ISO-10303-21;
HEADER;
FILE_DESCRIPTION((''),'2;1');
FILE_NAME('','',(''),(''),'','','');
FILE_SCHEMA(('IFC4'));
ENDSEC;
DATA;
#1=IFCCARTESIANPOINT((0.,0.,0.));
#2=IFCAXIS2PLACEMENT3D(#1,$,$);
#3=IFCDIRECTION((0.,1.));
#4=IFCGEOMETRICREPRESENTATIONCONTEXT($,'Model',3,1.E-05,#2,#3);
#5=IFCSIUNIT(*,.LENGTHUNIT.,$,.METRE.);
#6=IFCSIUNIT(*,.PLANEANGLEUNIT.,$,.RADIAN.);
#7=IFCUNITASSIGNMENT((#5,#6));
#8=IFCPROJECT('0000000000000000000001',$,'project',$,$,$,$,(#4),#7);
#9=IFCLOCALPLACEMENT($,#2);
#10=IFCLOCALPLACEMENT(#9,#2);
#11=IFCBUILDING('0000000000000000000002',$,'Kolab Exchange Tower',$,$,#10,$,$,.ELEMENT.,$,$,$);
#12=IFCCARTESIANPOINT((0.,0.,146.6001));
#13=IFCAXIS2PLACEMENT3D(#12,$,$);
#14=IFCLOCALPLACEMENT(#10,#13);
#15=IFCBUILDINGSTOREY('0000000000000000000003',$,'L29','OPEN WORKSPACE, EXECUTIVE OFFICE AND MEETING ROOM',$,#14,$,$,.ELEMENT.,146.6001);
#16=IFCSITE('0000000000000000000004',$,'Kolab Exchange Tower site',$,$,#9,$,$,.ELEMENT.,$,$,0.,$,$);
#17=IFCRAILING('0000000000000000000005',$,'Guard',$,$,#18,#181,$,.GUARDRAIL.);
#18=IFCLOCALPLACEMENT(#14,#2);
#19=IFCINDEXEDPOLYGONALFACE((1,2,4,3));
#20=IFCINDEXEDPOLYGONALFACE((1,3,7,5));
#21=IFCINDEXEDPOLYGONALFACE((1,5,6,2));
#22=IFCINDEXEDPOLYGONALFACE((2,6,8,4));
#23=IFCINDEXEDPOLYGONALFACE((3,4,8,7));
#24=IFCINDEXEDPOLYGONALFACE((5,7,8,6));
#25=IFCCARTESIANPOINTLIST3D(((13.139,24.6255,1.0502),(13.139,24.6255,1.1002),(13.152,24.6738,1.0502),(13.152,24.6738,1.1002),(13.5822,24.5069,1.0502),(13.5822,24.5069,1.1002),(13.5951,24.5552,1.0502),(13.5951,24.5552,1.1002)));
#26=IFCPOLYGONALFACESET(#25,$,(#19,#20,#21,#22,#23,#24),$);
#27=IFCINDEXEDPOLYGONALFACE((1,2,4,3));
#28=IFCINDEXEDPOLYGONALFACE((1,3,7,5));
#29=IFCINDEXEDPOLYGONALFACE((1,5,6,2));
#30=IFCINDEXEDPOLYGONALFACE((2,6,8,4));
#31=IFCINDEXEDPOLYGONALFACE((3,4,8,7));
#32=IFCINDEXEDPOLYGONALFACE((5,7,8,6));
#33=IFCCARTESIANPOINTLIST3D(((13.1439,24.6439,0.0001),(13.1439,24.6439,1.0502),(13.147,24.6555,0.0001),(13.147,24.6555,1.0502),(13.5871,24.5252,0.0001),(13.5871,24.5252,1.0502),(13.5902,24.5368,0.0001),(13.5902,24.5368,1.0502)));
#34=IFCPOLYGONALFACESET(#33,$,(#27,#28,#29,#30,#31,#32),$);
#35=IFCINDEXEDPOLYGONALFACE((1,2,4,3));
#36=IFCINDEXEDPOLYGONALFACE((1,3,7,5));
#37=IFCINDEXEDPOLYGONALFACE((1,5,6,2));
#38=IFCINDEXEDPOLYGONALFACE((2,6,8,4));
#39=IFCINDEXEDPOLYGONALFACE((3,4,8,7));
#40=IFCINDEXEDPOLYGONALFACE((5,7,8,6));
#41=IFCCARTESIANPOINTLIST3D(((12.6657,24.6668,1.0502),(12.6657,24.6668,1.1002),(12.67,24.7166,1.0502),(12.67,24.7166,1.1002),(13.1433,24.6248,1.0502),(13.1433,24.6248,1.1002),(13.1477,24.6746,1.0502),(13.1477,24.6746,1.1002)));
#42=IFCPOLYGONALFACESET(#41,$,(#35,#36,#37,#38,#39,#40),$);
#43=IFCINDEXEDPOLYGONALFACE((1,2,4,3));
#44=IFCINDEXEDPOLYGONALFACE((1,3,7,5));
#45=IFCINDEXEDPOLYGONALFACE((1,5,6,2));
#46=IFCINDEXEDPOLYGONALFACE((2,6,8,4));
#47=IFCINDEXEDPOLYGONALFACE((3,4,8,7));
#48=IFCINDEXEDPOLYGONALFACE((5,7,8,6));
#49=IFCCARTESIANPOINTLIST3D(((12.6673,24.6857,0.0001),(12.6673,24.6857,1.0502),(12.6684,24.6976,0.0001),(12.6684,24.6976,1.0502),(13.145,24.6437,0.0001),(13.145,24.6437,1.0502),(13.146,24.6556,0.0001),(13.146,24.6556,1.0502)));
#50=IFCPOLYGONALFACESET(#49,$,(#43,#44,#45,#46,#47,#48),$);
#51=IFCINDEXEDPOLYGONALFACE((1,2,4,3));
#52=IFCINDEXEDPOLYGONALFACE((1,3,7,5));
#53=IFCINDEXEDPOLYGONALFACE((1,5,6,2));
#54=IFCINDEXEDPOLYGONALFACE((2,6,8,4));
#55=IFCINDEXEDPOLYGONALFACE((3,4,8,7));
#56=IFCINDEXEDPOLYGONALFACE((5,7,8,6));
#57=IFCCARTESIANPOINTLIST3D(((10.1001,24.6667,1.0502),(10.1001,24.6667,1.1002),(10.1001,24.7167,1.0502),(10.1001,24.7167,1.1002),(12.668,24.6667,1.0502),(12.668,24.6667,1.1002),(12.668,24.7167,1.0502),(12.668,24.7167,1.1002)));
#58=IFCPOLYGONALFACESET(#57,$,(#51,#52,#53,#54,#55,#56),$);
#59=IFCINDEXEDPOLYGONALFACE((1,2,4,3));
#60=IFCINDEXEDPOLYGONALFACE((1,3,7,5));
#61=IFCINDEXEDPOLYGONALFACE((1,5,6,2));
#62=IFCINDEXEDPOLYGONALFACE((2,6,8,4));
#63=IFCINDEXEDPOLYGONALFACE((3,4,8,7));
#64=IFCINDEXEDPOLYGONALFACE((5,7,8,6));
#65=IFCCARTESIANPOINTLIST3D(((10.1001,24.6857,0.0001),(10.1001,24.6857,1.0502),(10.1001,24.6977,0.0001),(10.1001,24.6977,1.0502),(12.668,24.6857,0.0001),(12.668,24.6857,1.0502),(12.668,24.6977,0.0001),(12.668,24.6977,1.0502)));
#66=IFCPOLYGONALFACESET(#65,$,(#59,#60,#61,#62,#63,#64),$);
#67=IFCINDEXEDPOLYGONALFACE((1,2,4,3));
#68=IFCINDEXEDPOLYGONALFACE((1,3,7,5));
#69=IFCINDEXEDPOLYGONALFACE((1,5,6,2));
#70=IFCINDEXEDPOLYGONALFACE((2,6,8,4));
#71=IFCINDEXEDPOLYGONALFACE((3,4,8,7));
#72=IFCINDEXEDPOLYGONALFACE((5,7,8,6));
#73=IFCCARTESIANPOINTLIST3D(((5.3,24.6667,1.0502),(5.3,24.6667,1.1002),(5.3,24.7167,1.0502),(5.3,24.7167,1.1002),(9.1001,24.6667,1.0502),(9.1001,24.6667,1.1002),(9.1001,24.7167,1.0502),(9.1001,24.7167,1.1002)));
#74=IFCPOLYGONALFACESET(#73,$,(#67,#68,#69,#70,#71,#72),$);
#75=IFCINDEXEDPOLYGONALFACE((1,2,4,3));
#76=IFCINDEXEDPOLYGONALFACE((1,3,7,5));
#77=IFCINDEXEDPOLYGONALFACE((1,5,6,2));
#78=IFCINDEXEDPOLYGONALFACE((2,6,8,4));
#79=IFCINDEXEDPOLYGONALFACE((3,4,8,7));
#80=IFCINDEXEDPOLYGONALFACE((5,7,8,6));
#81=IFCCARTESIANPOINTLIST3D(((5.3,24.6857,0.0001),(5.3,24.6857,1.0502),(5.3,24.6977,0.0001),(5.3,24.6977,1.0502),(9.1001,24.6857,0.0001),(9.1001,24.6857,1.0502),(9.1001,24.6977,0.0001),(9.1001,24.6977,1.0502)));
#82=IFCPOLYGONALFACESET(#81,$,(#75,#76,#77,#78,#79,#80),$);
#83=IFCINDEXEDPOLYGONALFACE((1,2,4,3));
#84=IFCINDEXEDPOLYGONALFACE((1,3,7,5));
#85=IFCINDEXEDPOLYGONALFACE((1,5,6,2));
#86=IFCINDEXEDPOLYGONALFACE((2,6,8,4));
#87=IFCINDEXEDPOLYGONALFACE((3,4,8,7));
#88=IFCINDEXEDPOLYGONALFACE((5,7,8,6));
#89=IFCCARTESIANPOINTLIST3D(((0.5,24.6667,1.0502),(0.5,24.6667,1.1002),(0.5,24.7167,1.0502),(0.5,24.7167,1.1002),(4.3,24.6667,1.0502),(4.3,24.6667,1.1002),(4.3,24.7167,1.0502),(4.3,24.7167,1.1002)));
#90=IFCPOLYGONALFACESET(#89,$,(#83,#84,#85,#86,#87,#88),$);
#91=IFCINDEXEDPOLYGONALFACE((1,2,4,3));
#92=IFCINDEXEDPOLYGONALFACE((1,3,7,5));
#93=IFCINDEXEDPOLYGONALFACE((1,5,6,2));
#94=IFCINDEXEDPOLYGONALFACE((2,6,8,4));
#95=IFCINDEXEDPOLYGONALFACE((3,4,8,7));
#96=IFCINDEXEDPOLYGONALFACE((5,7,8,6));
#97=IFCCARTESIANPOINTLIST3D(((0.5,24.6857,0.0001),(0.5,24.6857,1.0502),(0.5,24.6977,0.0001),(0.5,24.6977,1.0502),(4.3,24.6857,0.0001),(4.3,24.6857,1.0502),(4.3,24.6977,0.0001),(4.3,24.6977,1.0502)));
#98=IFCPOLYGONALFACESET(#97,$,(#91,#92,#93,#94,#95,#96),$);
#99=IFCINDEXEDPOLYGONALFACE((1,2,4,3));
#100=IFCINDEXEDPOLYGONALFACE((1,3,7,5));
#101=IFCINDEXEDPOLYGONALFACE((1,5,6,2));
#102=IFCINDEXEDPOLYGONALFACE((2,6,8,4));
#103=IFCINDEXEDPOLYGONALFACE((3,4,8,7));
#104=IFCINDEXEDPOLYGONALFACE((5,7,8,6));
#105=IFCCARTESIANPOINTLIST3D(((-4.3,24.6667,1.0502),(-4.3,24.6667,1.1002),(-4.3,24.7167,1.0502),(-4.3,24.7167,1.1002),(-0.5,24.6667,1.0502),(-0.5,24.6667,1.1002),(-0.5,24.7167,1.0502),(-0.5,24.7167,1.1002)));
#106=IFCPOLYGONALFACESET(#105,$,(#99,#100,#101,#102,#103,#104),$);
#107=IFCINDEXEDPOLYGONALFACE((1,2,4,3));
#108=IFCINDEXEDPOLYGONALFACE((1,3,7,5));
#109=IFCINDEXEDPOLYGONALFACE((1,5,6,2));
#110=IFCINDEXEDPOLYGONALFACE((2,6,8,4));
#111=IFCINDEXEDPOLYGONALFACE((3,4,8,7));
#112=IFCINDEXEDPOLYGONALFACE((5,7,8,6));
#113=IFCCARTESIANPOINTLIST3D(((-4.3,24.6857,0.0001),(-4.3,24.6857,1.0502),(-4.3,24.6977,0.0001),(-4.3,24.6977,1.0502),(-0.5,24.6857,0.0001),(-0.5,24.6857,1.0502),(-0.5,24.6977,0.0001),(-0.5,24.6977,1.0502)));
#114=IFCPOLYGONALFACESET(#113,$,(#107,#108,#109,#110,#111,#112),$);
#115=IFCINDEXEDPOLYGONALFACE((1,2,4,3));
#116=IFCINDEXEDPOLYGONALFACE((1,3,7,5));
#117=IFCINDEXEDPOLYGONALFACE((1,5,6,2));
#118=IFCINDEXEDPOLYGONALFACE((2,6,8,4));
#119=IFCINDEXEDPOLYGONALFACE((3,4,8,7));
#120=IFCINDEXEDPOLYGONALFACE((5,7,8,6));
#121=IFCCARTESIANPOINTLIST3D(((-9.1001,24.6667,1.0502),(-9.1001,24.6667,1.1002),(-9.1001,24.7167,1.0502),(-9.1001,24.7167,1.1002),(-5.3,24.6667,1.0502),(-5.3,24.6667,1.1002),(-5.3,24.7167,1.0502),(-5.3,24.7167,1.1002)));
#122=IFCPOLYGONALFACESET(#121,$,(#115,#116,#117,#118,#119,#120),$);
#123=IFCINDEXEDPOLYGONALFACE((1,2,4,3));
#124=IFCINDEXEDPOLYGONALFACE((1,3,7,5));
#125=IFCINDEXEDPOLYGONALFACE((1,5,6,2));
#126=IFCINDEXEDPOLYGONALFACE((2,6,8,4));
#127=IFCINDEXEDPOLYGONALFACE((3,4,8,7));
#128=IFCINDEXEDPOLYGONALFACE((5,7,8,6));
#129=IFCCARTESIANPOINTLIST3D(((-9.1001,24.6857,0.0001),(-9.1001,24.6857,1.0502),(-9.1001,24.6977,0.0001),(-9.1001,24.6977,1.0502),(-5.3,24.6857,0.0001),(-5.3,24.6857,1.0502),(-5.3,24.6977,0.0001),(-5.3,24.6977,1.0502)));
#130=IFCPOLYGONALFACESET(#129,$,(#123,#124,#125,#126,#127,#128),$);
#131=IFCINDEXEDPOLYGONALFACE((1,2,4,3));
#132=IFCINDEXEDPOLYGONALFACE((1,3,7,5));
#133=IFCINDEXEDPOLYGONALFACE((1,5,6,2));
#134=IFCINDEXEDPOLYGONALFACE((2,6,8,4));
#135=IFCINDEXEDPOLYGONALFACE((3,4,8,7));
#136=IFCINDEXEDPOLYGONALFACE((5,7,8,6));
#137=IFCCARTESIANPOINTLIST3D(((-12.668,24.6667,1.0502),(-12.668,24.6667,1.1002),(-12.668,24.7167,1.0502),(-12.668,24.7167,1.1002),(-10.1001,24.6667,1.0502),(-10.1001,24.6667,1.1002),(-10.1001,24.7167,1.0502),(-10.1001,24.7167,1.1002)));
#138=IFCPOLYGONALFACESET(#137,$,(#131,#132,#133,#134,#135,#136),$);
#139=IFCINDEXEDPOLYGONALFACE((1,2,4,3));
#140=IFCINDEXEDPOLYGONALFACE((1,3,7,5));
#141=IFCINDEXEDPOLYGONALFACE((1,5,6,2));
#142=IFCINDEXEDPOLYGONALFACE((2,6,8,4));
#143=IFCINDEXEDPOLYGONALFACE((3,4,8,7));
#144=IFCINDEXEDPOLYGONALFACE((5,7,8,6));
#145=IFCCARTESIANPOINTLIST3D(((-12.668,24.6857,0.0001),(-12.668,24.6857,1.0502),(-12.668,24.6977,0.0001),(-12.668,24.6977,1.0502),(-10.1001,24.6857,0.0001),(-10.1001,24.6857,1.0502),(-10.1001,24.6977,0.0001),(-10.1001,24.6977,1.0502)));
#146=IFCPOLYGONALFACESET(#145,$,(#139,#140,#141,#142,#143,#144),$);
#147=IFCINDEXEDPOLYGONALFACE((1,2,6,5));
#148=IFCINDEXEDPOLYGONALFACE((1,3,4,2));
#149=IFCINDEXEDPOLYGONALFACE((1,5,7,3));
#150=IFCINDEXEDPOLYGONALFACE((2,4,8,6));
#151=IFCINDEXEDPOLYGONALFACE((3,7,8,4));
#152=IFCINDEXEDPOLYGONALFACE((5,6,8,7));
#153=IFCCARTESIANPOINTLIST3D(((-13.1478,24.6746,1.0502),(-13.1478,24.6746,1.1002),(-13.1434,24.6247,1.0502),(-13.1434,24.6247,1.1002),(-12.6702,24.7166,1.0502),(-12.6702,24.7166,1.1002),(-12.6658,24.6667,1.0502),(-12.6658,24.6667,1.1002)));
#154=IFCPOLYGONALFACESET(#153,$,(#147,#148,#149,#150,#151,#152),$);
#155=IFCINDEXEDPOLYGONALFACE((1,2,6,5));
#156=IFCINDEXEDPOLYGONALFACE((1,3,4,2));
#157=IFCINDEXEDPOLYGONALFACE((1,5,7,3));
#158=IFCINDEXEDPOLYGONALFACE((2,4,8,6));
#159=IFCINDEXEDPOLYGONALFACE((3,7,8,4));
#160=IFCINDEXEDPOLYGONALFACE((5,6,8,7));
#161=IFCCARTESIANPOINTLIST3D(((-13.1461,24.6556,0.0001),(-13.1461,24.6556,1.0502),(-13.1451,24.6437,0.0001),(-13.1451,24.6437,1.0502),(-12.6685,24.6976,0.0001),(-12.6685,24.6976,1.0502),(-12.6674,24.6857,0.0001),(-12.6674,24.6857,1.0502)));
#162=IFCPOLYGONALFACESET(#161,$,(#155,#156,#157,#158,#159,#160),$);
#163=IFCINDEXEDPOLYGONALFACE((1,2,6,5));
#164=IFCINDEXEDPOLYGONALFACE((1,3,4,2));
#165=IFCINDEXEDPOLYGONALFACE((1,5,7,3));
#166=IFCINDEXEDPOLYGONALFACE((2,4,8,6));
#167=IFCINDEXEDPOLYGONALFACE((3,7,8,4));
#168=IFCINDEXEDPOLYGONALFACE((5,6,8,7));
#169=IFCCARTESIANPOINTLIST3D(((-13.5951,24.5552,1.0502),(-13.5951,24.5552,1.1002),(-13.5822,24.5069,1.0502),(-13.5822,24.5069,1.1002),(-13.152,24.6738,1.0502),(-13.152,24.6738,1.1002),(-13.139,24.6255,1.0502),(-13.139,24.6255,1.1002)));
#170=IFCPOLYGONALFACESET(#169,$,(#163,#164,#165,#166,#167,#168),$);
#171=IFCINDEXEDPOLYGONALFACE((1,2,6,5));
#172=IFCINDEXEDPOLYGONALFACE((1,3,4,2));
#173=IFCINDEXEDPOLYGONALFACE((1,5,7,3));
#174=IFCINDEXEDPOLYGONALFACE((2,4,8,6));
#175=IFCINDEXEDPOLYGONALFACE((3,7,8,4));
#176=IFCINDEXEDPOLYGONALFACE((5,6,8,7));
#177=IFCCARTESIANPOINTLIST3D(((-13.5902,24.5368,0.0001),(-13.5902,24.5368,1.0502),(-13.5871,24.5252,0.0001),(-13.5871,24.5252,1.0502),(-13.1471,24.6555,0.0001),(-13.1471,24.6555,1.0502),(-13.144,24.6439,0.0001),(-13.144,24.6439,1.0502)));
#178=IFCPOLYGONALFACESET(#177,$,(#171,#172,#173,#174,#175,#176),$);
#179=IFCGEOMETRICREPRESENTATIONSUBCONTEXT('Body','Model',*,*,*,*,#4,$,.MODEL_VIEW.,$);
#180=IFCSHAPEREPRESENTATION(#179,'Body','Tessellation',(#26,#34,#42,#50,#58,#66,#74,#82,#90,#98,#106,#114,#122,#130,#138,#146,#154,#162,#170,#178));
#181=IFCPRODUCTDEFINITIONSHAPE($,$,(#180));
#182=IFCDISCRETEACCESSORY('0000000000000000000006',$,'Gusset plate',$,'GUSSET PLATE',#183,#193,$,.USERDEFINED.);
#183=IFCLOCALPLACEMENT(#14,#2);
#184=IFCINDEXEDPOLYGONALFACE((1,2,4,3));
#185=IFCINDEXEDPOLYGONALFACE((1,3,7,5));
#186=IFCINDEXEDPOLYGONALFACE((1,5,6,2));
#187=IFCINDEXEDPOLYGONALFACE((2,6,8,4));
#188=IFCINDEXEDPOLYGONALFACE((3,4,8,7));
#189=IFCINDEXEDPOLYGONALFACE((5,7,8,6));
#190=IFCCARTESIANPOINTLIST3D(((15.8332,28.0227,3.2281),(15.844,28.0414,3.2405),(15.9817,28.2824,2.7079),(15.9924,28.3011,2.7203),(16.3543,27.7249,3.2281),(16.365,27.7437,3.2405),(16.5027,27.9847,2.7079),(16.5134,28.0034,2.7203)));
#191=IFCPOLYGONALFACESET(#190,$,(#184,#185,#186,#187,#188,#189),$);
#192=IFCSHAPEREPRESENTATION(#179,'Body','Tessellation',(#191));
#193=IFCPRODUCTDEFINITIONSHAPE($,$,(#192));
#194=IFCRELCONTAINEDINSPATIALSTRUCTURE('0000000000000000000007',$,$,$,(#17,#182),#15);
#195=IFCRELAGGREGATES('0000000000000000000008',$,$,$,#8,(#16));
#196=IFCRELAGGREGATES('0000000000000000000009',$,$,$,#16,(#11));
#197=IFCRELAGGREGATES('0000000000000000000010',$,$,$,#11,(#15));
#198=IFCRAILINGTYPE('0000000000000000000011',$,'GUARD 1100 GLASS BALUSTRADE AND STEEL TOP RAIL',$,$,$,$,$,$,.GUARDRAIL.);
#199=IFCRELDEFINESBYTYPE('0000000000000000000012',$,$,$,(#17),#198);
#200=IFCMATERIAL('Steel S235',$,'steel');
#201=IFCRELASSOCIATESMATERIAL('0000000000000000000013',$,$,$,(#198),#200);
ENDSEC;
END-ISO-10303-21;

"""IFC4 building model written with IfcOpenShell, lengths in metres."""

from ifc_helpers import new_model, si_unit, direction, frame, frame_2d, origin, origin_2d, place, context, subcontext, project, spatial, rectangle, extrude, material, type_object, element, save


model = new_model("IFC4")

# Units and contexts
model_context = context("Model", 3, precision=1e-05, world=origin(), true_north=direction((0.0, 1.0)))
body_context = subcontext(model_context, "Body", "Model", "MODEL_VIEW")
ifc_project = project(units=[si_unit("LENGTHUNIT", "METRE"), si_unit("PLANEANGLEUNIT", "RADIAN")], contexts=[model_context])

# Site, building, storey
site_placement = place(None, origin())
site = spatial("IfcSite", under=ifc_project, at=site_placement, Name="Kolab Exchange Tower site", CompositionType="ELEMENT", RefElevation=0.0)
building_placement = place(site_placement, origin())
building = spatial("IfcBuilding", under=site, at=building_placement, Name="Kolab Exchange Tower", CompositionType="ELEMENT")
storey_placement = place(building_placement, frame((0.0, 0.0, 146.6001)))
storey = spatial("IfcBuildingStorey", under=building, at=storey_placement, Name="L29", Description="OPEN WORKSPACE, EXECUTIVE OFFICE AND MEETING ROOM", CompositionType="ELEMENT", Elevation=146.6001)

# Shared definitions
ifc_material_1 = material(Name="Steel S235", Category="steel")

# Railing
railing_type = type_object("IfcRailingType", Name="GUARD 1100 GLASS BALUSTRADE AND STEEL TOP RAIL", PredefinedType="GUARDRAIL", material=ifc_material_1)
railing_placement = place(storey_placement, frame((13.5886, 24.531, 0.0)))
element("IfcRailing", 1, at=railing_placement, inside=storey, type_object=railing_type, Name="Guard", PredefinedType="GUARDRAIL", context=body_context, shape_type="SweptSolid", body=[
    extrude(rectangle(XDim=0.05, YDim=0.05, at=origin_2d()), frame((0.0, 0.0, 1.0752), z_axis=(-0.965969, 0.258656, 0.0), x_axis=(-0.258656, -0.965969, 0.0)), (0.0, 0.0, 1.0), 0.4587),
    extrude(rectangle(XDim=0.012, YDim=1.0501, at=frame_2d((0.0, 0.5251))), frame((0.0, 0.0, 0.0), z_axis=(-0.965969, 0.258656, 0.0), x_axis=(-0.258656, -0.965969, 0.0)), (0.0, 0.0, 1.0), 0.4587),
    extrude(rectangle(XDim=0.05, YDim=0.05, at=origin_2d()), frame((-0.4431, 0.1187, 1.0752), z_axis=(-0.996156, 0.087597, 0.0), x_axis=(-0.087597, -0.996156, 0.0)), (0.0, 0.0, 1.0), 0.4795),
    extrude(rectangle(XDim=0.012, YDim=1.0501, at=frame_2d((0.0, 0.5251))), frame((-0.4431, 0.1187, 0.0), z_axis=(-0.996156, 0.087597, 0.0), x_axis=(-0.087597, -0.996156, 0.0)), (0.0, 0.0, 1.0), 0.4795),
    extrude(rectangle(XDim=0.05, YDim=0.05, at=origin_2d()), frame((-0.9207, 0.1606, 1.0752), z_axis=(-1.0, 0.0, 0.0), x_axis=(0.0, -1.0, 0.0)), (0.0, 0.0, 1.0), 2.5679),
    extrude(rectangle(XDim=0.012, YDim=1.0501, at=frame_2d((0.0, 0.5251))), frame((-0.9207, 0.1606, 0.0), z_axis=(-1.0, 0.0, 0.0), x_axis=(0.0, -1.0, 0.0)), (0.0, 0.0, 1.0), 2.5679),
    extrude(rectangle(XDim=0.05, YDim=0.05, at=origin_2d()), frame((-4.4885, 0.1606, 1.0752), z_axis=(-1.0, 0.0, 0.0), x_axis=(0.0, -1.0, 0.0)), (0.0, 0.0, 1.0), 3.8),
    extrude(rectangle(XDim=0.012, YDim=1.0501, at=frame_2d((0.0, 0.5251))), frame((-4.4885, 0.1606, 0.0), z_axis=(-1.0, 0.0, 0.0), x_axis=(0.0, -1.0, 0.0)), (0.0, 0.0, 1.0), 3.8),
    extrude(rectangle(XDim=0.05, YDim=0.05, at=origin_2d()), frame((-9.2886, 0.1606, 1.0752), z_axis=(-1.0, 0.0, 0.0), x_axis=(0.0, -1.0, 0.0)), (0.0, 0.0, 1.0), 3.8),
    extrude(rectangle(XDim=0.012, YDim=1.0501, at=frame_2d((0.0, 0.5251))), frame((-9.2886, 0.1606, 0.0), z_axis=(-1.0, 0.0, 0.0), x_axis=(0.0, -1.0, 0.0)), (0.0, 0.0, 1.0), 3.8),
    extrude(rectangle(XDim=0.05, YDim=0.05, at=origin_2d()), frame((-14.0886, 0.1606, 1.0752), z_axis=(-1.0, 0.0, 0.0), x_axis=(0.0, -1.0, 0.0)), (0.0, 0.0, 1.0), 3.8),
    extrude(rectangle(XDim=0.012, YDim=1.0501, at=frame_2d((0.0, 0.5251))), frame((-14.0886, 0.1606, 0.0), z_axis=(-1.0, 0.0, 0.0), x_axis=(0.0, -1.0, 0.0)), (0.0, 0.0, 1.0), 3.8),
    extrude(rectangle(XDim=0.05, YDim=0.05, at=origin_2d()), frame((-18.8887, 0.1606, 1.0752), z_axis=(-1.0, 0.0, 0.0), x_axis=(0.0, -1.0, 0.0)), (0.0, 0.0, 1.0), 3.8),
    extrude(rectangle(XDim=0.012, YDim=1.0501, at=frame_2d((0.0, 0.5251))), frame((-18.8887, 0.1606, 0.0), z_axis=(-1.0, 0.0, 0.0), x_axis=(0.0, -1.0, 0.0)), (0.0, 0.0, 1.0), 3.8),
    extrude(rectangle(XDim=0.05, YDim=0.05, at=origin_2d()), frame((-23.6887, 0.1606, 1.0752), z_axis=(-1.0, 0.0, 0.0), x_axis=(0.0, -1.0, 0.0)), (0.0, 0.0, 1.0), 2.5679),
    extrude(rectangle(XDim=0.012, YDim=1.0501, at=frame_2d((0.0, 0.5251))), frame((-23.6887, 0.1606, 0.0), z_axis=(-1.0, 0.0, 0.0), x_axis=(0.0, -1.0, 0.0)), (0.0, 0.0, 1.0), 2.5679),
    extrude(rectangle(XDim=0.05, YDim=0.05, at=origin_2d()), frame((-26.2566, 0.1606, 1.0752), z_axis=(-0.996156, -0.087597, 0.0), x_axis=(0.087597, -0.996156, 0.0)), (0.0, 0.0, 1.0), 0.4795),
    extrude(rectangle(XDim=0.012, YDim=1.0501, at=frame_2d((0.0, 0.5251))), frame((-26.2566, 0.1606, 0.0), z_axis=(-0.996156, -0.087597, 0.0), x_axis=(0.087597, -0.996156, 0.0)), (0.0, 0.0, 1.0), 0.4795),
    extrude(rectangle(XDim=0.05, YDim=0.05, at=origin_2d()), frame((-26.7341, 0.1187, 1.0752), z_axis=(-0.965969, -0.258656, 0.0), x_axis=(0.258656, -0.965969, 0.0)), (0.0, 0.0, 1.0), 0.4587),
    extrude(rectangle(XDim=0.012, YDim=1.0501, at=frame_2d((0.0, 0.5251))), frame((-26.7341, 0.1187, 0.0), z_axis=(-0.965969, -0.258656, 0.0), x_axis=(0.258656, -0.965969, 0.0)), (0.0, 0.0, 1.0), 0.4587),
])

# Discrete accessory
discrete_accessory_placement = place(storey_placement, frame((16.168, 28.0037, 2.968), z_axis=(0.430093, 0.752663, 0.498517), x_axis=(-0.868243, 0.496139, 0.0)))
element("IfcDiscreteAccessory", 2, at=discrete_accessory_placement, inside=storey, Name="Gusset plate", ObjectType="GUSSET PLATE", PredefinedType="USERDEFINED", context=body_context, shape_type="SweptSolid", body=[
    extrude(rectangle(XDim=0.6001, YDim=0.6001, at=origin_2d()), origin(), (0.0, 0.0, 1.0), 0.0249),
])

save(model, "model.ifc")
